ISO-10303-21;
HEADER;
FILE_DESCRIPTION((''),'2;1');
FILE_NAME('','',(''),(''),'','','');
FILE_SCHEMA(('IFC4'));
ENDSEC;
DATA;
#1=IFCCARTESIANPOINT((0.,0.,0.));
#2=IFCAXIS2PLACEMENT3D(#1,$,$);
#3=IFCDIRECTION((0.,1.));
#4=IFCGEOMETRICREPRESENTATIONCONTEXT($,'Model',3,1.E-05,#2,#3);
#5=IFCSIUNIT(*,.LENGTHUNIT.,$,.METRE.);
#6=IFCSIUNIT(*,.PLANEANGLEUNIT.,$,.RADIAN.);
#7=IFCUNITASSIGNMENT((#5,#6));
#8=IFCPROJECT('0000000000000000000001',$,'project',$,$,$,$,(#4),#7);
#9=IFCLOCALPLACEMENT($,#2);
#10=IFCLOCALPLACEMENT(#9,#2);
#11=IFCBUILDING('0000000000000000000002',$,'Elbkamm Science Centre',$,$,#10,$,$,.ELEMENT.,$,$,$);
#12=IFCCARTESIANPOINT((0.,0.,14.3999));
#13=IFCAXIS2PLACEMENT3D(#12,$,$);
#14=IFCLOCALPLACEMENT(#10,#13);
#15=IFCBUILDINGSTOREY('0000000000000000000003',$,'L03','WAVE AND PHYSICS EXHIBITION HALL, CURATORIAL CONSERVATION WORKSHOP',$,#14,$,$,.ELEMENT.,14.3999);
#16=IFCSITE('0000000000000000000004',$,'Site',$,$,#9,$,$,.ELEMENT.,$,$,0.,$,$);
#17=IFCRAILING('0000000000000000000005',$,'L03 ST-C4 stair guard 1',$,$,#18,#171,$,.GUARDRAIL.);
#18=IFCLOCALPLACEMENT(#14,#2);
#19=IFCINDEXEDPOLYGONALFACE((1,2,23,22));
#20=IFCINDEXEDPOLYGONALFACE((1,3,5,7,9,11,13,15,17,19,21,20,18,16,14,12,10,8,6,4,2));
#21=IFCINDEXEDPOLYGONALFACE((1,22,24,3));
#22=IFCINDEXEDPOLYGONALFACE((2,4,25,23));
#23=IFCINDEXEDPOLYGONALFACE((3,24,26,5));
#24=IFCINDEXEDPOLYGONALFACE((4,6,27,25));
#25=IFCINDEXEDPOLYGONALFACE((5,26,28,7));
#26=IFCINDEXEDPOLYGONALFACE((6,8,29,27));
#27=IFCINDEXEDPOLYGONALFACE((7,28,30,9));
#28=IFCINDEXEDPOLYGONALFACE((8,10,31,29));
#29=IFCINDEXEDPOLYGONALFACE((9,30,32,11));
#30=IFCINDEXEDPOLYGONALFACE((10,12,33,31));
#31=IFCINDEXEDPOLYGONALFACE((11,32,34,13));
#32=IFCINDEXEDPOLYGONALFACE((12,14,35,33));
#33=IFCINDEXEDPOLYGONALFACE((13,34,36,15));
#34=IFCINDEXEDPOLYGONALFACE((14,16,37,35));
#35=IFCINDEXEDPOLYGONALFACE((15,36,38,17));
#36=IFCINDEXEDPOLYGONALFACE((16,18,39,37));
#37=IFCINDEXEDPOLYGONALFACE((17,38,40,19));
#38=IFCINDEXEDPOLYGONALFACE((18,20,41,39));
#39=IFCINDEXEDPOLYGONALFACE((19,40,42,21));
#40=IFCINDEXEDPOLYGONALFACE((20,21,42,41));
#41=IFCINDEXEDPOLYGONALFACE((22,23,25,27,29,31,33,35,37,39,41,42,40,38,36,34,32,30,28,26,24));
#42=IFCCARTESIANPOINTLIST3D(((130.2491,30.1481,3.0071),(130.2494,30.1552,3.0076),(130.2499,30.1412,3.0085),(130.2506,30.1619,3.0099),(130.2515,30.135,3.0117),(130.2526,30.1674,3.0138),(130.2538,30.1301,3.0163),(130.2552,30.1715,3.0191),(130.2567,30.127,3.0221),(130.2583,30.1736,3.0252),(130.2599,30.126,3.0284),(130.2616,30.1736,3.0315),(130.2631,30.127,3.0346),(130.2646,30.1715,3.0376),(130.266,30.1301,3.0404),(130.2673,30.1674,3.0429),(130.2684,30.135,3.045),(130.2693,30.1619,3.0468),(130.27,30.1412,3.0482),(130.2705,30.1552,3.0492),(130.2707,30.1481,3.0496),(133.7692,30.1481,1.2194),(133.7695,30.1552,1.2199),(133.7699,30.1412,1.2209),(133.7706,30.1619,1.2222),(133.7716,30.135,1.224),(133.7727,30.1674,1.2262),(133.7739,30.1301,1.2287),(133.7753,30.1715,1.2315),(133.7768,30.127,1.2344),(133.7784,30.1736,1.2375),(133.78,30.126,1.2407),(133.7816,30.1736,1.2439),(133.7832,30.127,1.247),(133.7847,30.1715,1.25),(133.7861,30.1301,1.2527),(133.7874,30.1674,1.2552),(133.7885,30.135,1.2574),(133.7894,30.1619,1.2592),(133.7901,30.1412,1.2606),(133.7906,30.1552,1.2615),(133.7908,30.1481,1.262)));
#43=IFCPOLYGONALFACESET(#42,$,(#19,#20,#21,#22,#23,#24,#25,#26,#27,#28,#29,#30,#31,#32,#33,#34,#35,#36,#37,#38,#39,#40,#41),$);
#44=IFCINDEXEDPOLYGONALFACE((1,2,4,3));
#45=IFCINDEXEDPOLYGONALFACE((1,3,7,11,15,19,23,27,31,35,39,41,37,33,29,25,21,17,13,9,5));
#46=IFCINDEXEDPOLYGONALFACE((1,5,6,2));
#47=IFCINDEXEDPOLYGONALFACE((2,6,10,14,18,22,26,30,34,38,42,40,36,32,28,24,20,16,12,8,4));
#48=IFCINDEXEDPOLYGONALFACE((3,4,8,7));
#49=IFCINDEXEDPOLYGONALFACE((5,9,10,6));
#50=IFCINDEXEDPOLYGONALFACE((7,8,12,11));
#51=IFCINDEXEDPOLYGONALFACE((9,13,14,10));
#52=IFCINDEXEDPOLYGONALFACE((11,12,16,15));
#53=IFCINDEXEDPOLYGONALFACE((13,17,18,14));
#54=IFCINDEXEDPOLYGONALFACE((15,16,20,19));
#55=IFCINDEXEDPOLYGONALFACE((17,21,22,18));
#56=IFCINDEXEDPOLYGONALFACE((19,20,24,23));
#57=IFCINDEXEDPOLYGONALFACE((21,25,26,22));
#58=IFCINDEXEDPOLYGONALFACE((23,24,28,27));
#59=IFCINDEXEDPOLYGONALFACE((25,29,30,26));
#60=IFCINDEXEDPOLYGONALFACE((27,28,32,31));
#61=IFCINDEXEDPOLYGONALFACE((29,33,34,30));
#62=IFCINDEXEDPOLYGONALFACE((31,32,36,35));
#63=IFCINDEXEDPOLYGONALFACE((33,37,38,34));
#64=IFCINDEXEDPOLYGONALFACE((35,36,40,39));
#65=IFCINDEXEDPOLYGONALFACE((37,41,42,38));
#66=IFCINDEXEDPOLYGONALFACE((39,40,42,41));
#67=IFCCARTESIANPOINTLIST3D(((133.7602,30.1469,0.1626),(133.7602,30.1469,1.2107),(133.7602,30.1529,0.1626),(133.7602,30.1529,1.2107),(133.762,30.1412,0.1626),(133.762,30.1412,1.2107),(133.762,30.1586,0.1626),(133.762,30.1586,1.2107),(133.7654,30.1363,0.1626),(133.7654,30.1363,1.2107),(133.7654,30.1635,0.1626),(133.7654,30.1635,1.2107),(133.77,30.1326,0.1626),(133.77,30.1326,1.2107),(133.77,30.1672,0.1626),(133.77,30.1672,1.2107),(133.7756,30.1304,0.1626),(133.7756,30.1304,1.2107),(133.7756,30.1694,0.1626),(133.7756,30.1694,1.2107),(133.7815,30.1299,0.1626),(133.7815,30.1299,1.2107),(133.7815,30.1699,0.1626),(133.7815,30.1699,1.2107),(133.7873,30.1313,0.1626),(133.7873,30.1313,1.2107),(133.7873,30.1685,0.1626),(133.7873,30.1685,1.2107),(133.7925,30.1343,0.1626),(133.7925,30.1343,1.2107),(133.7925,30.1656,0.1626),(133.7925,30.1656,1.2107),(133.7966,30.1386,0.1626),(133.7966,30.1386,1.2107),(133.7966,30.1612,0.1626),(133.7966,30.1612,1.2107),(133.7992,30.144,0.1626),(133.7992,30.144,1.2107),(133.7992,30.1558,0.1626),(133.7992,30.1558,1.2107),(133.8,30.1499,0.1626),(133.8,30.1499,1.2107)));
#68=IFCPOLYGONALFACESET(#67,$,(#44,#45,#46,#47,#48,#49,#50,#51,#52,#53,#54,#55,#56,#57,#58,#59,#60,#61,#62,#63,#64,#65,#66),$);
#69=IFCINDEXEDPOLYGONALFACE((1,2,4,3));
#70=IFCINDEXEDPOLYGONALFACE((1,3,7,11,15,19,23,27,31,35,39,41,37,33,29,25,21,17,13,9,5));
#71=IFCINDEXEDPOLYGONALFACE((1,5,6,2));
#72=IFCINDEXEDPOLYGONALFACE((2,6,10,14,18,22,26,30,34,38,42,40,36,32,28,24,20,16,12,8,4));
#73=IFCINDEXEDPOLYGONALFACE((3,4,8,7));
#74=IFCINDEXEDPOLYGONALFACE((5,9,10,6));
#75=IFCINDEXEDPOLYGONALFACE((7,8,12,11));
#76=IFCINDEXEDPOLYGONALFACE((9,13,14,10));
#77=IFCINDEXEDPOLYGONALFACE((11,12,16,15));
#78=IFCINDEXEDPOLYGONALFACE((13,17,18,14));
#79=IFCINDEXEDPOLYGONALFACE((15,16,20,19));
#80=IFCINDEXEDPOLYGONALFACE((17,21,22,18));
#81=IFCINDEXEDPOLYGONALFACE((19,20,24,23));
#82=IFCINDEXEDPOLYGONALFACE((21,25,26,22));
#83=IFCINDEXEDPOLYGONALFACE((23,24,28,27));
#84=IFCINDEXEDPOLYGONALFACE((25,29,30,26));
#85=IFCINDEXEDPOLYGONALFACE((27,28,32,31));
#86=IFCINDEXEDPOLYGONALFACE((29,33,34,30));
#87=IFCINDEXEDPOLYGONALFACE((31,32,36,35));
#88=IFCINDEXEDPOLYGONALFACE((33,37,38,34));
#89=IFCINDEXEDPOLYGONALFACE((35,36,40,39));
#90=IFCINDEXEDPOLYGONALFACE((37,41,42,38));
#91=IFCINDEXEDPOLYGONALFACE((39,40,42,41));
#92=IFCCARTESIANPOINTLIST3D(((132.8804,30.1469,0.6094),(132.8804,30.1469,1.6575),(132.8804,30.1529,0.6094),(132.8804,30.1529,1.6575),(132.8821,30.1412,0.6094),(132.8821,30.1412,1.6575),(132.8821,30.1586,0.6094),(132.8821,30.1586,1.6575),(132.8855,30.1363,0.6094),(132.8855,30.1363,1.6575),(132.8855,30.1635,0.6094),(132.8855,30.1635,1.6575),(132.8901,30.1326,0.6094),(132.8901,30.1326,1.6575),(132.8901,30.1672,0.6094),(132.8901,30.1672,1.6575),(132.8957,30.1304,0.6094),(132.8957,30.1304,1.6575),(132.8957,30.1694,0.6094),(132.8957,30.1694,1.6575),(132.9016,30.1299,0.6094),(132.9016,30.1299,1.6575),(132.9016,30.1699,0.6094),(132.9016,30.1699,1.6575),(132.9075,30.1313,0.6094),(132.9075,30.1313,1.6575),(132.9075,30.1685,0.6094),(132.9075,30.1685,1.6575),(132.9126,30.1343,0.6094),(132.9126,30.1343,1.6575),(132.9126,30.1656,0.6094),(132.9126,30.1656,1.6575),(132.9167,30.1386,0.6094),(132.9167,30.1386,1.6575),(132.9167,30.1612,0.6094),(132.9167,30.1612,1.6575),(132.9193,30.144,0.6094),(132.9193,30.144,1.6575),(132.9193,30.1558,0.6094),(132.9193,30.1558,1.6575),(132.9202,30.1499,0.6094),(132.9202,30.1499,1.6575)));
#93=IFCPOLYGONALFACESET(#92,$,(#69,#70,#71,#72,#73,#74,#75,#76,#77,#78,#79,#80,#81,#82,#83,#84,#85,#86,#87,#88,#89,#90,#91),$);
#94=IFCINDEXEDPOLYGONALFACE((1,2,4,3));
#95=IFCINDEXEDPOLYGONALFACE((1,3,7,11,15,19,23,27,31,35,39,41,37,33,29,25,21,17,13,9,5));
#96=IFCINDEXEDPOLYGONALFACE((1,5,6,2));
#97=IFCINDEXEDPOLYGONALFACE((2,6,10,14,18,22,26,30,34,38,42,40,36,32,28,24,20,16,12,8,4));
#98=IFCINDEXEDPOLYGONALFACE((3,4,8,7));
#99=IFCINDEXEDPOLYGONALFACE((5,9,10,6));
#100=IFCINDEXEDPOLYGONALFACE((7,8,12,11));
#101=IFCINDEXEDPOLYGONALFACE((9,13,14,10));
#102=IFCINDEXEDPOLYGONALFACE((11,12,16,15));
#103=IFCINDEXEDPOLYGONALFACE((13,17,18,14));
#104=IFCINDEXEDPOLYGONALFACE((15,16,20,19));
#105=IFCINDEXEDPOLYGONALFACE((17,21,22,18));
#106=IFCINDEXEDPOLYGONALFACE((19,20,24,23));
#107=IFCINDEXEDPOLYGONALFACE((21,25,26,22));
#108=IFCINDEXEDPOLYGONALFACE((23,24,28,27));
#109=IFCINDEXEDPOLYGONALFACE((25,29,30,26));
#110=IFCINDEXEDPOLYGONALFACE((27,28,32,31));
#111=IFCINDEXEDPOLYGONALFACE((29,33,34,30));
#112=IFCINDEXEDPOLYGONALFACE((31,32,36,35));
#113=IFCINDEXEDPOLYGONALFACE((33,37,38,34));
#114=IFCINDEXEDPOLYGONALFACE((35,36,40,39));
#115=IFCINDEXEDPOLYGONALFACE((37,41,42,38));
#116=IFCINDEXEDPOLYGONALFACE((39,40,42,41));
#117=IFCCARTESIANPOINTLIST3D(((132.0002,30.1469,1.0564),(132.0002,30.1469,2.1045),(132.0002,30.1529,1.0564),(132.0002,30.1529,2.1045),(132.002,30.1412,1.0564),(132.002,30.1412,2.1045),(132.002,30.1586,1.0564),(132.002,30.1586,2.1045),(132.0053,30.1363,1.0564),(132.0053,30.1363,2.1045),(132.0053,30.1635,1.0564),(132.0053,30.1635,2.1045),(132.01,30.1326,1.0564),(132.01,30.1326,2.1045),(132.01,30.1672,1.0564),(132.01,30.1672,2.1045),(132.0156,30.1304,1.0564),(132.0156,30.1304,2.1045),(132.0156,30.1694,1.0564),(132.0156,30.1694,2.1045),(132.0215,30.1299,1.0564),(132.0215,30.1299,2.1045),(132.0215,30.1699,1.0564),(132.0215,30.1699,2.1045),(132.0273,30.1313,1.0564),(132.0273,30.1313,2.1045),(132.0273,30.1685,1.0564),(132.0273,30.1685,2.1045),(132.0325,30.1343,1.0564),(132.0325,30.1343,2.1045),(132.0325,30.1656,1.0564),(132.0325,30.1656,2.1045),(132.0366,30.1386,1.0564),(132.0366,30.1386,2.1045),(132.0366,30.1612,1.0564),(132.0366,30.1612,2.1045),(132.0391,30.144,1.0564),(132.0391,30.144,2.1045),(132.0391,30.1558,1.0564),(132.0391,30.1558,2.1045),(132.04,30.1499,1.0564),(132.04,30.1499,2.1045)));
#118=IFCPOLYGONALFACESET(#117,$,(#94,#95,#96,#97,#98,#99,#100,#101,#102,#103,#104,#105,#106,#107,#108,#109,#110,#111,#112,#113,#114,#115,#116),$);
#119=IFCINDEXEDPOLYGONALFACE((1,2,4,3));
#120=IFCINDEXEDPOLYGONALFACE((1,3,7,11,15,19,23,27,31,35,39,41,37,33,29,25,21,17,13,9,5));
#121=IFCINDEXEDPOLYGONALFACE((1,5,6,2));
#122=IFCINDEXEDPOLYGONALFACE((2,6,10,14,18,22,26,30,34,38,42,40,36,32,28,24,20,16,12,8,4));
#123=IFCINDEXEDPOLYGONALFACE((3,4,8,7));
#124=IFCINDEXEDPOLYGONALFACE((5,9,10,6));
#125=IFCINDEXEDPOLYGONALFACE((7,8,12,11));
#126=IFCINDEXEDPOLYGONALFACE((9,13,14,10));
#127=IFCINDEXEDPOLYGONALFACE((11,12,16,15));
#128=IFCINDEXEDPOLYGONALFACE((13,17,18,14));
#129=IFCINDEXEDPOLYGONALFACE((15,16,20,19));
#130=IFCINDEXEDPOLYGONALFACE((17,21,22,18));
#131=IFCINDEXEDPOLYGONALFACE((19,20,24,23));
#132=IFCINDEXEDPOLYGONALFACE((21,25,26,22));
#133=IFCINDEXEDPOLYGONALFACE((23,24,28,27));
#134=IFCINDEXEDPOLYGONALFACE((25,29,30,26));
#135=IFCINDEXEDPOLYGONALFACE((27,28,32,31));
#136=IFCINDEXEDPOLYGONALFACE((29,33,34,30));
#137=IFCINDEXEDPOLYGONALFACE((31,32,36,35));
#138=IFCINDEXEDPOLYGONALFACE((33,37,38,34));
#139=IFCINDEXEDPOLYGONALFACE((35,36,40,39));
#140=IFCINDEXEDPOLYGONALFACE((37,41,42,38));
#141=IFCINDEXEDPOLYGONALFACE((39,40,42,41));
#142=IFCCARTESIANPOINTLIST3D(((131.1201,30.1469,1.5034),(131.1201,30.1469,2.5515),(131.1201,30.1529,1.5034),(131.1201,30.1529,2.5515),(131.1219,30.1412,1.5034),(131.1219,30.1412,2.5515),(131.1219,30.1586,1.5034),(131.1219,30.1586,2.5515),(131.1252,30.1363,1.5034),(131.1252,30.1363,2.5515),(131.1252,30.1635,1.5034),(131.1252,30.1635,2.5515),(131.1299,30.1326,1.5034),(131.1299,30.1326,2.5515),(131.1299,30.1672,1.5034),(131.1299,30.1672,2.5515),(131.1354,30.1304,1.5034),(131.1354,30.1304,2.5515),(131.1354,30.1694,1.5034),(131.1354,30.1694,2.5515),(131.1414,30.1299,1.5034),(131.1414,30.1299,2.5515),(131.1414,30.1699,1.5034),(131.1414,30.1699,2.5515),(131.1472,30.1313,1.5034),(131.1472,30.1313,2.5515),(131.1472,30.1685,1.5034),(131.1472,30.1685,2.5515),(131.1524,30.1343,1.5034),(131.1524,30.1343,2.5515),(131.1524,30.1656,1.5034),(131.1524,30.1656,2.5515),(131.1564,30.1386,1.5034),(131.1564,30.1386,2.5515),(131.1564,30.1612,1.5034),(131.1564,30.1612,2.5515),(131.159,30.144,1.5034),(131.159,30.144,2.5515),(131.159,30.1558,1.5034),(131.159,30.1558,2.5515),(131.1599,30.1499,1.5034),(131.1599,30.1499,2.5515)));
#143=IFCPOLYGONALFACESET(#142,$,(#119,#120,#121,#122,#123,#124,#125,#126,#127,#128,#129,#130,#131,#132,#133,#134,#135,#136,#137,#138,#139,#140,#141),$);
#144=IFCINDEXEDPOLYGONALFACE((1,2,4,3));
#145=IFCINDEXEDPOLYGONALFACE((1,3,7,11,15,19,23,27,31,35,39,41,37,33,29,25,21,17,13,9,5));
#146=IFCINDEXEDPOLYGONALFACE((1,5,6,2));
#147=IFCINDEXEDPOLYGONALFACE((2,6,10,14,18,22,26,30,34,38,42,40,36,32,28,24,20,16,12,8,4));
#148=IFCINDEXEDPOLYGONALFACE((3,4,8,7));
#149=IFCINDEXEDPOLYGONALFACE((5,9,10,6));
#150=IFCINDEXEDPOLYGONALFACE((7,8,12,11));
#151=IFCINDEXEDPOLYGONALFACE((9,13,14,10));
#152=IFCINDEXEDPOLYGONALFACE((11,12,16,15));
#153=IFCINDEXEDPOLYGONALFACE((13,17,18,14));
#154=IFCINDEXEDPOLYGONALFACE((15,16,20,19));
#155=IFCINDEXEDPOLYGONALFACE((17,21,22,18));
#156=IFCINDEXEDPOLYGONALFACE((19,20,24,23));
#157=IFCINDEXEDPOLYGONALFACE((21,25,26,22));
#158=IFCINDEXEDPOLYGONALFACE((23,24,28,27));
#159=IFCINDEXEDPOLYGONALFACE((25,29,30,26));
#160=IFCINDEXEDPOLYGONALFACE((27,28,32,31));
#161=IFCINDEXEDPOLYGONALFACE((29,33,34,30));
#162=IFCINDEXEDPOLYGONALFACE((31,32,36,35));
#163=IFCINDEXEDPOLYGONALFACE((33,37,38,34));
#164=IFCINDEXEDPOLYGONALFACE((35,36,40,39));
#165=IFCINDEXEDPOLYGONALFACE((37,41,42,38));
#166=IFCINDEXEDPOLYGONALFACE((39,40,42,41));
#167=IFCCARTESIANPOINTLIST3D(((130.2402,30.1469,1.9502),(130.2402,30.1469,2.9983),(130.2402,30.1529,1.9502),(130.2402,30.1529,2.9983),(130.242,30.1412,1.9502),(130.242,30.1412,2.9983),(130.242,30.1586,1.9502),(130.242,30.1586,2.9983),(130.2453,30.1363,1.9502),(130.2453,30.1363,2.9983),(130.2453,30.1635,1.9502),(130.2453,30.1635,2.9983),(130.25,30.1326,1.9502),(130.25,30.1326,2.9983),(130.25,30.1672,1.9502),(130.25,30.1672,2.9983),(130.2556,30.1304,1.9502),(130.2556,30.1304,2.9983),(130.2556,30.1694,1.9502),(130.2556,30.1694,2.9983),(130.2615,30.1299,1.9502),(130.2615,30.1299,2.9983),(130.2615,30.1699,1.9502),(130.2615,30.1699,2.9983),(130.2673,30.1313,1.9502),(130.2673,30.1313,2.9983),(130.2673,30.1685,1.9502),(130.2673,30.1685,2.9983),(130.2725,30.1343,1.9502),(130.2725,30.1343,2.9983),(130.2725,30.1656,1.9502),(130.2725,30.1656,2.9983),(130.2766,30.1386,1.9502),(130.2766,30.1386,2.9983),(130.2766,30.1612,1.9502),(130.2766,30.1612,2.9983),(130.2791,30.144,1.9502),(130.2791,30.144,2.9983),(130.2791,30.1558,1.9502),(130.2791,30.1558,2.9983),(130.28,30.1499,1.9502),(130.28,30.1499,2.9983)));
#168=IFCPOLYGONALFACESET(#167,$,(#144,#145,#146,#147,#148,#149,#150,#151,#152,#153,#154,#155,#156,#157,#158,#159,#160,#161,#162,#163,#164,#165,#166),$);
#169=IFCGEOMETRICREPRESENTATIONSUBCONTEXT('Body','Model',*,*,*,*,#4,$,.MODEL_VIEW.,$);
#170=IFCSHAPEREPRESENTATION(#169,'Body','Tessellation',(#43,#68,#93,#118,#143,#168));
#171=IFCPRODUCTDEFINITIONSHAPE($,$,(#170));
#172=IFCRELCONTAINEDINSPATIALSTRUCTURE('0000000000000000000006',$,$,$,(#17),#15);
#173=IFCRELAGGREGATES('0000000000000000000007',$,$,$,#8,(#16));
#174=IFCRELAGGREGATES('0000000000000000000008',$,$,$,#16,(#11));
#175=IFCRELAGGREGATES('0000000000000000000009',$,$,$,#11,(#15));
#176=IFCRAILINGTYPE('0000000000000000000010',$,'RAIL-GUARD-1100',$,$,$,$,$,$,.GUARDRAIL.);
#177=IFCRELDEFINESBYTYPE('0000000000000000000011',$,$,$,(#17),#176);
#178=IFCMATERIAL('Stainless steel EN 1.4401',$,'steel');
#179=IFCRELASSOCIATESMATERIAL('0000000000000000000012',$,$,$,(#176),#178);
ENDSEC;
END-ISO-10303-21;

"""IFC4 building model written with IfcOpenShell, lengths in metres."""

from ifc_helpers import new_model, si_unit, direction, frame, origin, origin_2d, place, context, subcontext, project, spatial, circle, extrude, material, type_object, element, save


model = new_model("IFC4")

# Units and contexts
model_context = context("Model", 3, precision=1e-05, world=origin(), true_north=direction((0.0, 1.0)))
body_context = subcontext(model_context, "Body", "Model", "MODEL_VIEW")
ifc_project = project(units=[si_unit("LENGTHUNIT", "METRE"), si_unit("PLANEANGLEUNIT", "RADIAN")], contexts=[model_context])

# Site, building, storey
site_placement = place(None, origin())
site = spatial("IfcSite", under=ifc_project, at=site_placement, Name="Site", CompositionType="ELEMENT", RefElevation=0.0)
building_placement = place(site_placement, origin())
building = spatial("IfcBuilding", under=site, at=building_placement, Name="Elbkamm Science Centre", CompositionType="ELEMENT")
storey_placement = place(building_placement, frame((0.0, 0.0, 14.3999)))
storey = spatial("IfcBuildingStorey", under=building, at=storey_placement, Name="L03", Description="WAVE AND PHYSICS EXHIBITION HALL, CURATORIAL CONSERVATION WORKSHOP", CompositionType="ELEMENT", Elevation=14.3999)

# Railing
ifc_material_1 = material(Name="Stainless steel EN 1.4401", Category="steel")
railing_type_1 = type_object("IfcRailingType", Name="RAIL-GUARD-1100", PredefinedType="GUARDRAIL", material=ifc_material_1)
railing_1_placement = place(storey_placement, frame((133.78, 30.1499, 0.1626)))
element("IfcRailing", 1, at=railing_1_placement, inside=storey, type_object=railing_type_1, Name="L03 ST-C4 stair guard 1", PredefinedType="GUARDRAIL", context=body_context, shape_type="SweptSolid", body=[
    extrude(circle(Radius=0.0239, at=origin_2d()), frame((0.0, 0.0, 1.0781), z_axis=(-0.891615, 0.0, 0.452795), x_axis=(0.0, -1.0, 0.0)), (0.0, 0.0, 1.0), 3.948),
    extrude(circle(Radius=0.02, at=origin_2d()), origin(), (0.0, 0.0, 1.0), 1.0481),
    extrude(circle(Radius=0.02, at=origin_2d()), frame((-0.8799, 0.0, 0.4468)), (0.0, 0.0, 1.0), 1.0481),
    extrude(circle(Radius=0.02, at=origin_2d()), frame((-1.76, 0.0, 0.8938)), (0.0, 0.0, 1.0), 1.0481),
    extrude(circle(Radius=0.02, at=origin_2d()), frame((-2.6401, 0.0, 1.3408)), (0.0, 0.0, 1.0), 1.0481),
    extrude(circle(Radius=0.02, at=origin_2d()), frame((-3.52, 0.0, 1.7876)), (0.0, 0.0, 1.0), 1.0481),
])

save(model, "model.ifc")
